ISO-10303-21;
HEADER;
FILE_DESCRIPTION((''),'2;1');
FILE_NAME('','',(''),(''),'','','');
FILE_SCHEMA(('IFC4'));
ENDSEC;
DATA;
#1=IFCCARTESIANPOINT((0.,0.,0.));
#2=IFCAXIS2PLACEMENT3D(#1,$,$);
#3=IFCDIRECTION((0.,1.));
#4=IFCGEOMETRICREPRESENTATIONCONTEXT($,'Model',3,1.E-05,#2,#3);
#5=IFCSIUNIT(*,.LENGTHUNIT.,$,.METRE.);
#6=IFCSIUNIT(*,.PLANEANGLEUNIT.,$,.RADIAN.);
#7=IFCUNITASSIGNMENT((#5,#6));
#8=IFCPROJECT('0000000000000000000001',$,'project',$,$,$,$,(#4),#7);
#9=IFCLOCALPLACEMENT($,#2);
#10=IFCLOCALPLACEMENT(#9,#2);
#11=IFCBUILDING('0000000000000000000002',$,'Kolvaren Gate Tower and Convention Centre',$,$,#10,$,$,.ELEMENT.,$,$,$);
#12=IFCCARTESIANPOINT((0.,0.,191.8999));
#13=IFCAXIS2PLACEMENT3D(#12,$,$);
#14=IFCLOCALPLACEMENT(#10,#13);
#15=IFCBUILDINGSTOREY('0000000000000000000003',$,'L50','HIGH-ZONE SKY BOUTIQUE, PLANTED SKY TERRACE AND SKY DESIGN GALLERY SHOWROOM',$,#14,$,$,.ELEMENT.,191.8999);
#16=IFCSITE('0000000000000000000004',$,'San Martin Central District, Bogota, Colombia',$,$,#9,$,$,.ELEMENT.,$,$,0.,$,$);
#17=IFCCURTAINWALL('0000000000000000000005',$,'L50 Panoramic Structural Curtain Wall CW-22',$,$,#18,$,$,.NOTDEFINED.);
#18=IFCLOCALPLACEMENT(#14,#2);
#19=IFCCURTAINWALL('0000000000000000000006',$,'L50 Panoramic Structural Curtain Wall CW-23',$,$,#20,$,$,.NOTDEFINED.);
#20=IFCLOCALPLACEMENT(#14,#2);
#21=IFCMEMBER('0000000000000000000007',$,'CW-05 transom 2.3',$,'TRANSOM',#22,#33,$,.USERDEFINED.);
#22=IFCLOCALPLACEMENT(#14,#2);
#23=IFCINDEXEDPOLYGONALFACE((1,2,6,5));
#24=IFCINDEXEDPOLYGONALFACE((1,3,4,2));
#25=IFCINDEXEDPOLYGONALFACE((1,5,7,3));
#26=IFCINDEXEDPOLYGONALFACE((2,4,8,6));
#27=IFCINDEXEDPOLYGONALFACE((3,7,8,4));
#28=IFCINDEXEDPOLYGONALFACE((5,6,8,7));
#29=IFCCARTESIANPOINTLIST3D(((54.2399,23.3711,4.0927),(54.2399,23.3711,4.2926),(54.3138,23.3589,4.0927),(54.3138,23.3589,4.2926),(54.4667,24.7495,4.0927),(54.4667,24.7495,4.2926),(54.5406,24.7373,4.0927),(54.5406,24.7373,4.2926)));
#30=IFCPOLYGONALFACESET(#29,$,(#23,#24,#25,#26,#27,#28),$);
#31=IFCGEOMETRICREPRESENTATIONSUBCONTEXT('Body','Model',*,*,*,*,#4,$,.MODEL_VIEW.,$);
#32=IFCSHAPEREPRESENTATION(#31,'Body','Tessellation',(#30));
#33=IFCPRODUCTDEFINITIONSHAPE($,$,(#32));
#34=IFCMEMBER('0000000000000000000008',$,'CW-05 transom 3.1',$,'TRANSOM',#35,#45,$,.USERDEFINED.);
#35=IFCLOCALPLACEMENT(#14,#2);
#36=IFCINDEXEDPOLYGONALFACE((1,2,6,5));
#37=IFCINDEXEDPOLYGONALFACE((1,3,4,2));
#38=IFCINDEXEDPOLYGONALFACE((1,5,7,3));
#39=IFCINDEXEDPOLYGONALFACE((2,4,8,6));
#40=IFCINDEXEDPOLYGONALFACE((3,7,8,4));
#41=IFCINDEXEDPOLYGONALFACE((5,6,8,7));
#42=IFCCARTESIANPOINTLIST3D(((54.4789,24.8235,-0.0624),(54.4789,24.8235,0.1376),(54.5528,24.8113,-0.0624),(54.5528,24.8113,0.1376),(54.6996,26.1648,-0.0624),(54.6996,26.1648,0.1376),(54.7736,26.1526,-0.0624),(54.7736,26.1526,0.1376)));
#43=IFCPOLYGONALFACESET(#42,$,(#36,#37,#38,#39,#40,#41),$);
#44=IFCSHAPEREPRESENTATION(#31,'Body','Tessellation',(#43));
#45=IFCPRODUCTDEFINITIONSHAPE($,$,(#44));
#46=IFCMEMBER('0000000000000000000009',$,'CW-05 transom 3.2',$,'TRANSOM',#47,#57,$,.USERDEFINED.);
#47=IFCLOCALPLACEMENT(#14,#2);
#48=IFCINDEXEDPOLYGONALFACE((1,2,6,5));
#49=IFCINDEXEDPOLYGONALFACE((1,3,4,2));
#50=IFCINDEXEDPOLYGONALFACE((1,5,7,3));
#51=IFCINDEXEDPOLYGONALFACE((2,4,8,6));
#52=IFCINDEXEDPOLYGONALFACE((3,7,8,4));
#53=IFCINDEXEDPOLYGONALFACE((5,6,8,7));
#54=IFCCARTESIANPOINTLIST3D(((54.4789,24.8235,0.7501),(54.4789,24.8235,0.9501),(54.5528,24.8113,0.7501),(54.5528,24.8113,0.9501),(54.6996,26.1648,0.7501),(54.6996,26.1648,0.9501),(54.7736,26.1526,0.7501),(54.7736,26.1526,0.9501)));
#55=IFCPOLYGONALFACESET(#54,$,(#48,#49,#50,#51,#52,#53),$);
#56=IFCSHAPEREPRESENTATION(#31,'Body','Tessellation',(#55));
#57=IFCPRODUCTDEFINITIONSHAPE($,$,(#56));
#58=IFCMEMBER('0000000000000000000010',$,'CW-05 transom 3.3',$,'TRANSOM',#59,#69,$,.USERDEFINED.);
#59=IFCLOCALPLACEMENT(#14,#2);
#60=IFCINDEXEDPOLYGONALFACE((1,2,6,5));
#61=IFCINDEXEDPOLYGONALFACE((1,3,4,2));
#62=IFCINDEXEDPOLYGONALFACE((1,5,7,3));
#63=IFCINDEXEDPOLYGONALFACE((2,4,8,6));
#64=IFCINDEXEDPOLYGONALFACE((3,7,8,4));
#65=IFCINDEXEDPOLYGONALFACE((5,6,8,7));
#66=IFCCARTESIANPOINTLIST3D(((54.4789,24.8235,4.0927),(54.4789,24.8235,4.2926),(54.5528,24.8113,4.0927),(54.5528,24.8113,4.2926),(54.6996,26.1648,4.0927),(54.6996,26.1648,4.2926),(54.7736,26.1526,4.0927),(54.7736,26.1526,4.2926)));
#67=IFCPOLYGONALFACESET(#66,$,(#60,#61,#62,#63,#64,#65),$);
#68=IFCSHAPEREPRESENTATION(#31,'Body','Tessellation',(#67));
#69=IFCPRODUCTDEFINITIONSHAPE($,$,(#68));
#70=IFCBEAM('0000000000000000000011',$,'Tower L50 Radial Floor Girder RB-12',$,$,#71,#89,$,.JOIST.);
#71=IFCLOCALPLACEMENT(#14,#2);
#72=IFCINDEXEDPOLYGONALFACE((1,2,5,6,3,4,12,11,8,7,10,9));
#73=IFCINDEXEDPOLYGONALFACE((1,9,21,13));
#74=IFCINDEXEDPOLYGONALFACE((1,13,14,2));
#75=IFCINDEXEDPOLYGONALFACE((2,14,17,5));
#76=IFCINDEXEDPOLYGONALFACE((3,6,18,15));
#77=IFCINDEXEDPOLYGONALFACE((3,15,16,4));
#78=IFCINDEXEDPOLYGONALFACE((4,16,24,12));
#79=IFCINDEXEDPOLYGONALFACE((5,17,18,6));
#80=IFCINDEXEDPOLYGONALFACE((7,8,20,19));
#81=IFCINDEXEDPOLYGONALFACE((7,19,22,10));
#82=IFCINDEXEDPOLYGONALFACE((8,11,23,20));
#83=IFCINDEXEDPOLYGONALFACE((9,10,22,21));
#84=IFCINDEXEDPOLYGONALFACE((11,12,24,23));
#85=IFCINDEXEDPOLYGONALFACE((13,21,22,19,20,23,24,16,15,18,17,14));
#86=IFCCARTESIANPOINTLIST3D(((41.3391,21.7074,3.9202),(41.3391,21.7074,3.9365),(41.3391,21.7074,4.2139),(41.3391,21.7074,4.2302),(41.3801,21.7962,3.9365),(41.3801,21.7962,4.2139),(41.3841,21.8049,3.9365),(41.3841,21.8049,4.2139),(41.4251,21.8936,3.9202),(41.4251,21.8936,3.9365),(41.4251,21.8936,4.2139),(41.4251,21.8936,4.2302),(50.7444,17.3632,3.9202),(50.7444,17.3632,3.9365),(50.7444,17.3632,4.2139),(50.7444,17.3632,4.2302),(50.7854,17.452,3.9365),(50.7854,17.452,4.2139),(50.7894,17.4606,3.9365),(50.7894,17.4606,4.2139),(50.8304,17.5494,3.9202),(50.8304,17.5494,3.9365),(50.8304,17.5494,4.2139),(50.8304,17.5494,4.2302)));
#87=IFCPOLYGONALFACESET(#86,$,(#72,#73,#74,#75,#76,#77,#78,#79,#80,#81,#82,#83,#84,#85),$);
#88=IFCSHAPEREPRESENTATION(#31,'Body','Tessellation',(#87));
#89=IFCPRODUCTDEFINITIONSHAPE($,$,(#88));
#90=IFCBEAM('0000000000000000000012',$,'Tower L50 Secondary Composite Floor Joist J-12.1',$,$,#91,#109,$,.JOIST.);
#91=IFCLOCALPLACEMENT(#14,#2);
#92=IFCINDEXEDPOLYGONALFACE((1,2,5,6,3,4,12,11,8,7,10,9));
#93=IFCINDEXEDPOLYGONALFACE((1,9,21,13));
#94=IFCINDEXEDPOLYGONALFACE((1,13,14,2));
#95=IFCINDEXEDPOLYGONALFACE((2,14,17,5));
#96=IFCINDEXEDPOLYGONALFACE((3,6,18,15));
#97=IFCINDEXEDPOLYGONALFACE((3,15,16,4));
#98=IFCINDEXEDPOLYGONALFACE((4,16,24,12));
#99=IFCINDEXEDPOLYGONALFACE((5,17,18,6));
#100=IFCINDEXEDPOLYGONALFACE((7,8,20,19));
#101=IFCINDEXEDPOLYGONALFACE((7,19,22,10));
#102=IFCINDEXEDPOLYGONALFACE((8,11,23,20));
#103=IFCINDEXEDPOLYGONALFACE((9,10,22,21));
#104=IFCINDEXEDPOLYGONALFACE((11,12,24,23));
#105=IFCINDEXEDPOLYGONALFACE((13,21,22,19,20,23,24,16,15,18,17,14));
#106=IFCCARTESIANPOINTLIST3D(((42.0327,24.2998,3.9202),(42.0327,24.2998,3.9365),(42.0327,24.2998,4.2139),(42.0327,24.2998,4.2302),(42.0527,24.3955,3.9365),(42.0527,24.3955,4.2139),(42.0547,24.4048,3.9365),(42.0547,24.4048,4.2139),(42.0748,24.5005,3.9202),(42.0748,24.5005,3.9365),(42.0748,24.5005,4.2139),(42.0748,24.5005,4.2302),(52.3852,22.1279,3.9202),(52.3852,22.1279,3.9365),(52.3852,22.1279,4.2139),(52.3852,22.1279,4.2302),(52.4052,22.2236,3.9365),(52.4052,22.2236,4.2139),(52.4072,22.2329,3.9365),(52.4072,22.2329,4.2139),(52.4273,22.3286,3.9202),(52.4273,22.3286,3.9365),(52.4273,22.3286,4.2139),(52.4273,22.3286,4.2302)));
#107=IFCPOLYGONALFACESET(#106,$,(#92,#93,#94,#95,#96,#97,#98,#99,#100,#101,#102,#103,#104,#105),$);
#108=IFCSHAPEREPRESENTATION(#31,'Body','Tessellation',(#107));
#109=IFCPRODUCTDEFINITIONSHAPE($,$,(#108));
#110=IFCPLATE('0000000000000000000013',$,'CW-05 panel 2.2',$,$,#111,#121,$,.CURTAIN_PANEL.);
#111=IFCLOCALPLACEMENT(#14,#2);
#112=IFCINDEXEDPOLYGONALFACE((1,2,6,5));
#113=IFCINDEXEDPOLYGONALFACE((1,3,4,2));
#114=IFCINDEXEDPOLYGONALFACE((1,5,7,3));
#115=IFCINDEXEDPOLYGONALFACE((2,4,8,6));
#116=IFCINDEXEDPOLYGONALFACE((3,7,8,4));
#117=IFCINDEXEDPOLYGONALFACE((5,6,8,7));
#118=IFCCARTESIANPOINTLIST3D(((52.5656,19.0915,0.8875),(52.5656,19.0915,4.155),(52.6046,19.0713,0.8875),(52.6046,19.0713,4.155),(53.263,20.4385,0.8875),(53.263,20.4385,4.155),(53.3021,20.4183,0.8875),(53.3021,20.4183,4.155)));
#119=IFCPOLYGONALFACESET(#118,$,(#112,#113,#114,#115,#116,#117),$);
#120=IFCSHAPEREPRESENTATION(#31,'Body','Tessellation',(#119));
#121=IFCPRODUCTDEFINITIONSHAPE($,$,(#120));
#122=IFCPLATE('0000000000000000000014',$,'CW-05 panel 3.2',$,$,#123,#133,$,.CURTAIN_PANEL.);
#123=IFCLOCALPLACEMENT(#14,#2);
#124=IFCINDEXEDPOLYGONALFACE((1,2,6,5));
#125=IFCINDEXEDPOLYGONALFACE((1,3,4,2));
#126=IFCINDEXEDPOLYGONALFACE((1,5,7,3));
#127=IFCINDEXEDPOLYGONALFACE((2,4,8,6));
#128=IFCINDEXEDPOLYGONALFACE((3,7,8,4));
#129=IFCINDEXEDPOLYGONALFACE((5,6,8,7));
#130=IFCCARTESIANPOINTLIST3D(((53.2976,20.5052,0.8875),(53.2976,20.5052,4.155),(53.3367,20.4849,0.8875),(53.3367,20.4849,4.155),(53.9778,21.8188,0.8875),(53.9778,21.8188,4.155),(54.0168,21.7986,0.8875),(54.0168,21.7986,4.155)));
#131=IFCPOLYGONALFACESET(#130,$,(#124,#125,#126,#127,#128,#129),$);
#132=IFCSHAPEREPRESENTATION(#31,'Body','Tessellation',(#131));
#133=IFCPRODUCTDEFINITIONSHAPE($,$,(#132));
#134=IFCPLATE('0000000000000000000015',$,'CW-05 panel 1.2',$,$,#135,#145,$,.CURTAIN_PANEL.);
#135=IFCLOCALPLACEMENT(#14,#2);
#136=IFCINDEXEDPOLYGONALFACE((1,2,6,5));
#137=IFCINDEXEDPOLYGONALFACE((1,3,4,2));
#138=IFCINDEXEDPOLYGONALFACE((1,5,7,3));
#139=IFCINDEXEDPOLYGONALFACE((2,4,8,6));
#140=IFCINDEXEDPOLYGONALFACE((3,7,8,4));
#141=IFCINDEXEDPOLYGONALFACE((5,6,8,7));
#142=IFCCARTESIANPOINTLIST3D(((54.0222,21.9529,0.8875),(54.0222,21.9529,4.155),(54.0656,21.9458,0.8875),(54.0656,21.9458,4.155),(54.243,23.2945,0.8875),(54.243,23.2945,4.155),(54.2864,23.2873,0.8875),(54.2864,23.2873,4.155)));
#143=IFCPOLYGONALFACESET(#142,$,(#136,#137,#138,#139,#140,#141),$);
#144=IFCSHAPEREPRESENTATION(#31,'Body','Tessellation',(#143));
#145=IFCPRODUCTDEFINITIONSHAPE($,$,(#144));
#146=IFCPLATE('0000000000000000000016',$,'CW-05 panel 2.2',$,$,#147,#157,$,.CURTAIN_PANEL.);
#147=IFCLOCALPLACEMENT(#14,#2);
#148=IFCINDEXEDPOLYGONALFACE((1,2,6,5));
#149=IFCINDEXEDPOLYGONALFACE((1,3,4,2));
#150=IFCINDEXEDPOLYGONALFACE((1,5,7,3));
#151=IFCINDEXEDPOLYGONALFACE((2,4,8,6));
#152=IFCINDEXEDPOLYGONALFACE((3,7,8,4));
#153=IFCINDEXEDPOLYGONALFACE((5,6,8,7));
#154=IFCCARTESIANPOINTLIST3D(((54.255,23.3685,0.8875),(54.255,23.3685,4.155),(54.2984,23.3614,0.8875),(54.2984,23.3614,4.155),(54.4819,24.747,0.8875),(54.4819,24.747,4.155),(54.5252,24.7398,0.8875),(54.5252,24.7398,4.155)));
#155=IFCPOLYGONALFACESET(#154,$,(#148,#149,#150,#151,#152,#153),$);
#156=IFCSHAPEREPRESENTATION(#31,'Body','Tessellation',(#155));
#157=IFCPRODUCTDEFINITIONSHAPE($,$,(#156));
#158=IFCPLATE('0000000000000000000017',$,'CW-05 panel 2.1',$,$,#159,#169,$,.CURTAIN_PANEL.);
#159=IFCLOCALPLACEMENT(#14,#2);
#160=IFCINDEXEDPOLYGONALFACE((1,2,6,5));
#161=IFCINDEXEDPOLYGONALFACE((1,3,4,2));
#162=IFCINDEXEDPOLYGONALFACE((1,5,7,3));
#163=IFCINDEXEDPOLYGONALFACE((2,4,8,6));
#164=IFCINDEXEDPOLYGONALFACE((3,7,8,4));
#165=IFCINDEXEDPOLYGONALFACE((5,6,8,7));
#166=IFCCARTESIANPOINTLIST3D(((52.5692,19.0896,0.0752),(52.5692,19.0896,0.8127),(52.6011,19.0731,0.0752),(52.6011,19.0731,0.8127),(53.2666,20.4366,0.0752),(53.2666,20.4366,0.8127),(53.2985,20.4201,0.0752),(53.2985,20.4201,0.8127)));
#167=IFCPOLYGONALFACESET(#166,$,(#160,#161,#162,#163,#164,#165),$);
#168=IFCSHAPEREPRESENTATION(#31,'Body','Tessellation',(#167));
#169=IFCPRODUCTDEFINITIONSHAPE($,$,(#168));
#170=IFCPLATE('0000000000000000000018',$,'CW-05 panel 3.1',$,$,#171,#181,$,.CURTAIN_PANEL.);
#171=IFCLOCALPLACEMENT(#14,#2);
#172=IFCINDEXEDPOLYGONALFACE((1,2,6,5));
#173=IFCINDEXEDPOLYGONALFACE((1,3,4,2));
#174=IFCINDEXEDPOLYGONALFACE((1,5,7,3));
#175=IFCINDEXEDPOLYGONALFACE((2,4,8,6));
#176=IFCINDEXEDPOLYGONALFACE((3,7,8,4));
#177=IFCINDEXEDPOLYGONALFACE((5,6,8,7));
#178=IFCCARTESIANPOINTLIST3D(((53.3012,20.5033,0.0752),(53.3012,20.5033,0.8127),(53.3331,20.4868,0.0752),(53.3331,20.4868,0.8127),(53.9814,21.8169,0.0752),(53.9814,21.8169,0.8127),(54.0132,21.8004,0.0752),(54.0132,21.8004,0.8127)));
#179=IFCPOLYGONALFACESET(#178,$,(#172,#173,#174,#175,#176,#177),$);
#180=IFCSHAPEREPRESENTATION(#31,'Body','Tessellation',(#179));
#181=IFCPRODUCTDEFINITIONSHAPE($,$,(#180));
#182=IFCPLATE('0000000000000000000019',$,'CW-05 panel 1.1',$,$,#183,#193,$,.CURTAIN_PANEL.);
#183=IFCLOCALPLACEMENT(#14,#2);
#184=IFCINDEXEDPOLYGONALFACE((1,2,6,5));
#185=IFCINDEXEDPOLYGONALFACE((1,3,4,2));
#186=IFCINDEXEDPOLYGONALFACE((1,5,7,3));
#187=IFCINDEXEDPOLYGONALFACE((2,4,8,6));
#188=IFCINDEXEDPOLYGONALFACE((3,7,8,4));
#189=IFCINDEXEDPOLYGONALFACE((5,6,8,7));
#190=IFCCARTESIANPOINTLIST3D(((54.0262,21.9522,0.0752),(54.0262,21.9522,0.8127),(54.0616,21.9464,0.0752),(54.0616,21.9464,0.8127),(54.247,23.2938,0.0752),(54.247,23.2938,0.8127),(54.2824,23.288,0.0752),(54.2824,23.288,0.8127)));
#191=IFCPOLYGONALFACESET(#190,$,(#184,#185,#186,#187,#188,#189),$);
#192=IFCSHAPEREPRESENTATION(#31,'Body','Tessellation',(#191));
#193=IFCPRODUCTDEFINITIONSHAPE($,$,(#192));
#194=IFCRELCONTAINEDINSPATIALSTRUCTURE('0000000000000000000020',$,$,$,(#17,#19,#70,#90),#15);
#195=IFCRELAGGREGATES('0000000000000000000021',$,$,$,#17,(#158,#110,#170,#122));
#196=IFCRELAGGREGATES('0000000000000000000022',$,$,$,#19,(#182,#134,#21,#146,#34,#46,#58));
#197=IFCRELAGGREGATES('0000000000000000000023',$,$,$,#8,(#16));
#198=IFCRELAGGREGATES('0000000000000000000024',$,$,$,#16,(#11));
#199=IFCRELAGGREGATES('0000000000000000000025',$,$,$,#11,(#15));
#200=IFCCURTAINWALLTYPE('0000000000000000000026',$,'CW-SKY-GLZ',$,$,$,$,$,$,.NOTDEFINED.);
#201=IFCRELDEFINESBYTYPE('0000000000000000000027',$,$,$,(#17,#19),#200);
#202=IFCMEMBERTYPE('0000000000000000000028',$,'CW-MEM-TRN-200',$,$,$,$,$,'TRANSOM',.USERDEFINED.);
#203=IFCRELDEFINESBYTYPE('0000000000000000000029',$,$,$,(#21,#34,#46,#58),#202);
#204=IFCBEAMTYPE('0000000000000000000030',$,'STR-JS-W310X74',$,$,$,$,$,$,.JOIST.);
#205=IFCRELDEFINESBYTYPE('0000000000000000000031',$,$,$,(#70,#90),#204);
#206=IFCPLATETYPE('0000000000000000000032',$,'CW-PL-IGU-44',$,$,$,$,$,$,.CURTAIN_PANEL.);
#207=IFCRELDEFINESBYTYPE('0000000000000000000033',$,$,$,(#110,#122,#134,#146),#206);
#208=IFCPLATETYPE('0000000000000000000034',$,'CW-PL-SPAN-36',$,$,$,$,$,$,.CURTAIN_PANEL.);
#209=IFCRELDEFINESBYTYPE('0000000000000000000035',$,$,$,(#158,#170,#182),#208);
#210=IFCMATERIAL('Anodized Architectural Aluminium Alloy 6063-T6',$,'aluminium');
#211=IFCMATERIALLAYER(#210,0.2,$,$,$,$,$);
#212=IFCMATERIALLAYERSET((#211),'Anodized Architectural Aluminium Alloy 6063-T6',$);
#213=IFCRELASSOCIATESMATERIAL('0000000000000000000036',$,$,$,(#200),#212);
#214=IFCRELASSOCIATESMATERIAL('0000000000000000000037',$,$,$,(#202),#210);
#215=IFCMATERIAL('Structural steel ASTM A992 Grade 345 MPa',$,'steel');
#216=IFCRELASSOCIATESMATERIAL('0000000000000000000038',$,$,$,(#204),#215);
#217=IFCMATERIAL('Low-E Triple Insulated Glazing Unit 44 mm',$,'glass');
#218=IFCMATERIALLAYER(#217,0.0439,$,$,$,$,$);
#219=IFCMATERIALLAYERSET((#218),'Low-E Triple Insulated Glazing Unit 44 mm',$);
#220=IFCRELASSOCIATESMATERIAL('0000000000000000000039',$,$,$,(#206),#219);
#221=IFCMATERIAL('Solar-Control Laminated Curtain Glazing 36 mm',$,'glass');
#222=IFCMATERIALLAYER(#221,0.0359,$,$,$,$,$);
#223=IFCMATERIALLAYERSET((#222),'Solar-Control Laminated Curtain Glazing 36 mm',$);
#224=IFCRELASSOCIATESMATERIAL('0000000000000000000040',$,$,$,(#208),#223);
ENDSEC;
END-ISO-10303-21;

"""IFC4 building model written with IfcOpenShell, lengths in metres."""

from ifc_helpers import new_model, si_unit, direction, frame, origin, origin_2d, place, context, subcontext, project, spatial, rectangle, i_section, extrude, material, layer, layer_set, material_profile, profile_set, type_object, element, aggregate, save


model = new_model("IFC4")

# Units and contexts
model_context = context("Model", 3, precision=1e-05, world=origin(), true_north=direction((0.0, 1.0)))
body_context = subcontext(model_context, "Body", "Model", "MODEL_VIEW")
ifc_project = project(units=[si_unit("LENGTHUNIT", "METRE"), si_unit("PLANEANGLEUNIT", "RADIAN")], contexts=[model_context])

# Site, building, storey
site_placement = place(None, origin())
site = spatial("IfcSite", under=ifc_project, at=site_placement, Name="San Martin Central District, Bogota, Colombia", CompositionType="ELEMENT", RefElevation=0.0)
building_placement = place(site_placement, origin())
building = spatial("IfcBuilding", under=site, at=building_placement, Name="Kolvaren Gate Tower and Convention Centre", CompositionType="ELEMENT")
storey_placement = place(building_placement, frame((0.0, 0.0, 191.8999)))
storey = spatial("IfcBuildingStorey", under=building, at=storey_placement, Name="L50", Description="HIGH-ZONE SKY BOUTIQUE, PLANTED SKY TERRACE AND SKY DESIGN GALLERY SHOWROOM", CompositionType="ELEMENT", Elevation=191.8999)

# Curtain walls
ifc_material_1 = material(Name="Anodized Architectural Aluminium Alloy 6063-T6", Category="aluminium")
ifc_layer_1 = layer(ifc_material_1, 0.2)
ifc_layer_set_1 = layer_set([ifc_layer_1], Name="Anodized Architectural Aluminium Alloy 6063-T6")
curtain_wall_type = type_object("IfcCurtainWallType", Name="CW-SKY-GLZ", PredefinedType="NOTDEFINED", material=ifc_layer_set_1)
curtain_wall_1_placement = place(storey_placement, origin())
curtain_wall_1 = element("IfcCurtainWall", 1, at=curtain_wall_1_placement, inside=storey, type_object=curtain_wall_type, Name="L50 Panoramic Structural Curtain Wall CW-22", PredefinedType="NOTDEFINED")
curtain_wall_2_placement = place(storey_placement, origin())
curtain_wall_2 = element("IfcCurtainWall", 2, at=curtain_wall_2_placement, inside=storey, type_object=curtain_wall_type, Name="L50 Panoramic Structural Curtain Wall CW-23", PredefinedType="NOTDEFINED")

# Members
ifc_material_profile_1 = material_profile(ifc_material_1, rectangle(XDim=0.075, YDim=0.2, at=origin_2d()), Name="CW-MEM-TRN-200")
ifc_profile_set_1 = profile_set([ifc_material_profile_1], Name="Anodized Architectural Aluminium Alloy 6063-T6")
member_type_1 = type_object("IfcMemberType", Name="CW-MEM-TRN-200", ElementType="TRANSOM", PredefinedType="USERDEFINED", material=ifc_profile_set_1)
member_1_placement = place(storey_placement, frame((54.2769, 23.365, 4.1926), z_axis=(0.162358, 0.986732, 0.0), x_axis=(-0.986732, 0.162358, 0.0)))
member_1 = element("IfcMember", 3, at=member_1_placement, type_object=member_type_1, Name="CW-05 transom 2.3", ObjectType="TRANSOM", PredefinedType="USERDEFINED", context=body_context, shape_type="SweptSolid", body=[
    extrude(rectangle(XDim=0.075, YDim=0.2, at=origin_2d()), origin(), (0.0, 0.0, 1.0), 1.397),
])
member_2_placement = place(storey_placement, frame((54.5159, 24.8174, 0.0376), z_axis=(0.16236, 0.986732, 0.0), x_axis=(-0.986732, 0.16236, 0.0)))
member_2 = element("IfcMember", 4, at=member_2_placement, type_object=member_type_1, Name="CW-05 transom 3.1", ObjectType="TRANSOM", PredefinedType="USERDEFINED", context=body_context, shape_type="SweptSolid", body=[
    extrude(rectangle(XDim=0.075, YDim=0.2, at=origin_2d()), origin(), (0.0, 0.0, 1.0), 1.3594),
])
member_3_placement = place(storey_placement, frame((54.5159, 24.8174, 0.8501), z_axis=(0.16236, 0.986732, 0.0), x_axis=(-0.986732, 0.16236, 0.0)))
member_3 = element("IfcMember", 5, at=member_3_placement, type_object=member_type_1, Name="CW-05 transom 3.2", ObjectType="TRANSOM", PredefinedType="USERDEFINED", context=body_context, shape_type="SweptSolid", body=[
    extrude(rectangle(XDim=0.075, YDim=0.2, at=origin_2d()), origin(), (0.0, 0.0, 1.0), 1.3594),
])
member_4_placement = place(storey_placement, frame((54.5159, 24.8174, 4.1926), z_axis=(0.16236, 0.986732, 0.0), x_axis=(-0.986732, 0.16236, 0.0)))
member_4 = element("IfcMember", 6, at=member_4_placement, type_object=member_type_1, Name="CW-05 transom 3.3", ObjectType="TRANSOM", PredefinedType="USERDEFINED", context=body_context, shape_type="SweptSolid", body=[
    extrude(rectangle(XDim=0.075, YDim=0.2, at=origin_2d()), origin(), (0.0, 0.0, 1.0), 1.3594),
])

# Beams
ifc_material_2 = material(Name="Structural steel ASTM A992 Grade 345 MPa", Category="steel")
ifc_material_profile_2 = material_profile(ifc_material_2, i_section(OverallWidth=0.2051, OverallDepth=0.3101, WebThickness=0.0095, FlangeThickness=0.0164, at=origin_2d()), Name="W310X74")
ifc_profile_set_2 = profile_set([ifc_material_profile_2], Name="Structural steel ASTM A992 Grade 345 MPa")
beam_type = type_object("IfcBeamType", Name="STR-JS-W310X74", PredefinedType="JOIST", material=ifc_profile_set_2)
beam_1_placement = place(storey_placement, frame((41.3821, 21.8005, 4.0752), z_axis=(0.907837, -0.419324, 0.0), x_axis=(0.419324, 0.907837, 0.0)))
element("IfcBeam", 7, at=beam_1_placement, inside=storey, type_object=beam_type, Name="Tower L50 Radial Floor Girder RB-12", PredefinedType="JOIST", context=body_context, shape_type="SweptSolid", body=[
    extrude(i_section(OverallWidth=0.2051, OverallDepth=0.3101, WebThickness=0.0095, FlangeThickness=0.0164, at=origin_2d()), origin(), (0.0, 0.0, 1.0), 10.3601),
])
beam_2_placement = place(storey_placement, frame((42.0537, 24.4001, 4.0752), z_axis=(0.978695, -0.205322, 0.0), x_axis=(0.205322, 0.978695, 0.0)))
element("IfcBeam", 8, at=beam_2_placement, inside=storey, type_object=beam_type, Name="Tower L50 Secondary Composite Floor Joist J-12.1", PredefinedType="JOIST", context=body_context, shape_type="SweptSolid", body=[
    extrude(i_section(OverallWidth=0.2051, OverallDepth=0.3101, WebThickness=0.0095, FlangeThickness=0.0164, at=origin_2d()), origin(), (0.0, 0.0, 1.0), 10.5779),
])

# Plates
ifc_material_3 = material(Name="Low-E Triple Insulated Glazing Unit 44 mm", Category="glass")
ifc_layer_2 = layer(ifc_material_3, 0.0439)
ifc_layer_set_2 = layer_set([ifc_layer_2], Name="Low-E Triple Insulated Glazing Unit 44 mm")
plate_type_1 = type_object("IfcPlateType", Name="CW-PL-IGU-44", PredefinedType="CURTAIN_PANEL", material=ifc_layer_set_2)
plate_1_placement = place(storey_placement, frame((52.9338, 19.7549, 0.8875), z_axis=(0.0, 0.0, 1.0), x_axis=(0.4598, 0.888023, 0.0)))
plate_1 = element("IfcPlate", 9, at=plate_1_placement, type_object=plate_type_1, Name="CW-05 panel 2.2", PredefinedType="CURTAIN_PANEL", context=body_context, shape_type="SweptSolid", body=[
    extrude(rectangle(XDim=1.5168, YDim=0.0439, at=origin_2d()), origin(), (0.0, 0.0, 1.0), 3.2676),
])
plate_2_placement = place(storey_placement, frame((53.6572, 21.1519, 0.8875), z_axis=(0.0, 0.0, 1.0), x_axis=(0.4598, 0.888023, 0.0)))
plate_2 = element("IfcPlate", 10, at=plate_2_placement, type_object=plate_type_1, Name="CW-05 panel 3.2", PredefinedType="CURTAIN_PANEL", context=body_context, shape_type="SweptSolid", body=[
    extrude(rectangle(XDim=1.4792, YDim=0.0439, at=origin_2d()), origin(), (0.0, 0.0, 1.0), 3.2676),
])
plate_3_placement = place(storey_placement, frame((54.1543, 22.6201, 0.8875), z_axis=(0.0, 0.0, 1.0), x_axis=(0.162364, 0.986731, 0.0)))
plate_3 = element("IfcPlate", 11, at=plate_3_placement, type_object=plate_type_1, Name="CW-05 panel 1.2", PredefinedType="CURTAIN_PANEL", context=body_context, shape_type="SweptSolid", body=[
    extrude(rectangle(XDim=1.3596, YDim=0.0439, at=origin_2d()), origin(), (0.0, 0.0, 1.0), 3.2676),
])
plate_4_placement = place(storey_placement, frame((54.3901, 24.0542, 0.8875), z_axis=(0.0, 0.0, 1.0), x_axis=(0.162364, 0.986731, 0.0)))
plate_4 = element("IfcPlate", 12, at=plate_4_placement, type_object=plate_type_1, Name="CW-05 panel 2.2", PredefinedType="CURTAIN_PANEL", context=body_context, shape_type="SweptSolid", body=[
    extrude(rectangle(XDim=1.397, YDim=0.0439, at=origin_2d()), origin(), (0.0, 0.0, 1.0), 3.2676),
])
ifc_material_4 = material(Name="Solar-Control Laminated Curtain Glazing 36 mm", Category="glass")
ifc_layer_3 = layer(ifc_material_4, 0.0359)
ifc_layer_set_3 = layer_set([ifc_layer_3], Name="Solar-Control Laminated Curtain Glazing 36 mm")
plate_type_2 = type_object("IfcPlateType", Name="CW-PL-SPAN-36", PredefinedType="CURTAIN_PANEL", material=ifc_layer_set_3)
plate_5_placement = place(storey_placement, frame((52.9338, 19.7549, 0.0752), z_axis=(0.0, 0.0, 1.0), x_axis=(0.4598, 0.888023, 0.0)))
plate_5 = element("IfcPlate", 13, at=plate_5_placement, type_object=plate_type_2, Name="CW-05 panel 2.1", PredefinedType="CURTAIN_PANEL", context=body_context, shape_type="SweptSolid", body=[
    extrude(rectangle(XDim=1.5168, YDim=0.0359, at=origin_2d()), origin(), (0.0, 0.0, 1.0), 0.7375),
])
plate_6_placement = place(storey_placement, frame((53.6572, 21.1519, 0.0752), z_axis=(0.0, 0.0, 1.0), x_axis=(0.4598, 0.888023, 0.0)))
plate_6 = element("IfcPlate", 14, at=plate_6_placement, type_object=plate_type_2, Name="CW-05 panel 3.1", PredefinedType="CURTAIN_PANEL", context=body_context, shape_type="SweptSolid", body=[
    extrude(rectangle(XDim=1.4792, YDim=0.0359, at=origin_2d()), origin(), (0.0, 0.0, 1.0), 0.7375),
])
aggregate(curtain_wall_1, [plate_5, plate_1, plate_6, plate_2])
plate_7_placement = place(storey_placement, frame((54.1543, 22.6201, 0.0752), z_axis=(0.0, 0.0, 1.0), x_axis=(0.162364, 0.986731, 0.0)))
plate_7 = element("IfcPlate", 15, at=plate_7_placement, type_object=plate_type_2, Name="CW-05 panel 1.1", PredefinedType="CURTAIN_PANEL", context=body_context, shape_type="SweptSolid", body=[
    extrude(rectangle(XDim=1.3596, YDim=0.0359, at=origin_2d()), origin(), (0.0, 0.0, 1.0), 0.7375),
])
aggregate(curtain_wall_2, [plate_7, plate_3, member_1, plate_4, member_2, member_3, member_4])

save(model, "model.ifc")
